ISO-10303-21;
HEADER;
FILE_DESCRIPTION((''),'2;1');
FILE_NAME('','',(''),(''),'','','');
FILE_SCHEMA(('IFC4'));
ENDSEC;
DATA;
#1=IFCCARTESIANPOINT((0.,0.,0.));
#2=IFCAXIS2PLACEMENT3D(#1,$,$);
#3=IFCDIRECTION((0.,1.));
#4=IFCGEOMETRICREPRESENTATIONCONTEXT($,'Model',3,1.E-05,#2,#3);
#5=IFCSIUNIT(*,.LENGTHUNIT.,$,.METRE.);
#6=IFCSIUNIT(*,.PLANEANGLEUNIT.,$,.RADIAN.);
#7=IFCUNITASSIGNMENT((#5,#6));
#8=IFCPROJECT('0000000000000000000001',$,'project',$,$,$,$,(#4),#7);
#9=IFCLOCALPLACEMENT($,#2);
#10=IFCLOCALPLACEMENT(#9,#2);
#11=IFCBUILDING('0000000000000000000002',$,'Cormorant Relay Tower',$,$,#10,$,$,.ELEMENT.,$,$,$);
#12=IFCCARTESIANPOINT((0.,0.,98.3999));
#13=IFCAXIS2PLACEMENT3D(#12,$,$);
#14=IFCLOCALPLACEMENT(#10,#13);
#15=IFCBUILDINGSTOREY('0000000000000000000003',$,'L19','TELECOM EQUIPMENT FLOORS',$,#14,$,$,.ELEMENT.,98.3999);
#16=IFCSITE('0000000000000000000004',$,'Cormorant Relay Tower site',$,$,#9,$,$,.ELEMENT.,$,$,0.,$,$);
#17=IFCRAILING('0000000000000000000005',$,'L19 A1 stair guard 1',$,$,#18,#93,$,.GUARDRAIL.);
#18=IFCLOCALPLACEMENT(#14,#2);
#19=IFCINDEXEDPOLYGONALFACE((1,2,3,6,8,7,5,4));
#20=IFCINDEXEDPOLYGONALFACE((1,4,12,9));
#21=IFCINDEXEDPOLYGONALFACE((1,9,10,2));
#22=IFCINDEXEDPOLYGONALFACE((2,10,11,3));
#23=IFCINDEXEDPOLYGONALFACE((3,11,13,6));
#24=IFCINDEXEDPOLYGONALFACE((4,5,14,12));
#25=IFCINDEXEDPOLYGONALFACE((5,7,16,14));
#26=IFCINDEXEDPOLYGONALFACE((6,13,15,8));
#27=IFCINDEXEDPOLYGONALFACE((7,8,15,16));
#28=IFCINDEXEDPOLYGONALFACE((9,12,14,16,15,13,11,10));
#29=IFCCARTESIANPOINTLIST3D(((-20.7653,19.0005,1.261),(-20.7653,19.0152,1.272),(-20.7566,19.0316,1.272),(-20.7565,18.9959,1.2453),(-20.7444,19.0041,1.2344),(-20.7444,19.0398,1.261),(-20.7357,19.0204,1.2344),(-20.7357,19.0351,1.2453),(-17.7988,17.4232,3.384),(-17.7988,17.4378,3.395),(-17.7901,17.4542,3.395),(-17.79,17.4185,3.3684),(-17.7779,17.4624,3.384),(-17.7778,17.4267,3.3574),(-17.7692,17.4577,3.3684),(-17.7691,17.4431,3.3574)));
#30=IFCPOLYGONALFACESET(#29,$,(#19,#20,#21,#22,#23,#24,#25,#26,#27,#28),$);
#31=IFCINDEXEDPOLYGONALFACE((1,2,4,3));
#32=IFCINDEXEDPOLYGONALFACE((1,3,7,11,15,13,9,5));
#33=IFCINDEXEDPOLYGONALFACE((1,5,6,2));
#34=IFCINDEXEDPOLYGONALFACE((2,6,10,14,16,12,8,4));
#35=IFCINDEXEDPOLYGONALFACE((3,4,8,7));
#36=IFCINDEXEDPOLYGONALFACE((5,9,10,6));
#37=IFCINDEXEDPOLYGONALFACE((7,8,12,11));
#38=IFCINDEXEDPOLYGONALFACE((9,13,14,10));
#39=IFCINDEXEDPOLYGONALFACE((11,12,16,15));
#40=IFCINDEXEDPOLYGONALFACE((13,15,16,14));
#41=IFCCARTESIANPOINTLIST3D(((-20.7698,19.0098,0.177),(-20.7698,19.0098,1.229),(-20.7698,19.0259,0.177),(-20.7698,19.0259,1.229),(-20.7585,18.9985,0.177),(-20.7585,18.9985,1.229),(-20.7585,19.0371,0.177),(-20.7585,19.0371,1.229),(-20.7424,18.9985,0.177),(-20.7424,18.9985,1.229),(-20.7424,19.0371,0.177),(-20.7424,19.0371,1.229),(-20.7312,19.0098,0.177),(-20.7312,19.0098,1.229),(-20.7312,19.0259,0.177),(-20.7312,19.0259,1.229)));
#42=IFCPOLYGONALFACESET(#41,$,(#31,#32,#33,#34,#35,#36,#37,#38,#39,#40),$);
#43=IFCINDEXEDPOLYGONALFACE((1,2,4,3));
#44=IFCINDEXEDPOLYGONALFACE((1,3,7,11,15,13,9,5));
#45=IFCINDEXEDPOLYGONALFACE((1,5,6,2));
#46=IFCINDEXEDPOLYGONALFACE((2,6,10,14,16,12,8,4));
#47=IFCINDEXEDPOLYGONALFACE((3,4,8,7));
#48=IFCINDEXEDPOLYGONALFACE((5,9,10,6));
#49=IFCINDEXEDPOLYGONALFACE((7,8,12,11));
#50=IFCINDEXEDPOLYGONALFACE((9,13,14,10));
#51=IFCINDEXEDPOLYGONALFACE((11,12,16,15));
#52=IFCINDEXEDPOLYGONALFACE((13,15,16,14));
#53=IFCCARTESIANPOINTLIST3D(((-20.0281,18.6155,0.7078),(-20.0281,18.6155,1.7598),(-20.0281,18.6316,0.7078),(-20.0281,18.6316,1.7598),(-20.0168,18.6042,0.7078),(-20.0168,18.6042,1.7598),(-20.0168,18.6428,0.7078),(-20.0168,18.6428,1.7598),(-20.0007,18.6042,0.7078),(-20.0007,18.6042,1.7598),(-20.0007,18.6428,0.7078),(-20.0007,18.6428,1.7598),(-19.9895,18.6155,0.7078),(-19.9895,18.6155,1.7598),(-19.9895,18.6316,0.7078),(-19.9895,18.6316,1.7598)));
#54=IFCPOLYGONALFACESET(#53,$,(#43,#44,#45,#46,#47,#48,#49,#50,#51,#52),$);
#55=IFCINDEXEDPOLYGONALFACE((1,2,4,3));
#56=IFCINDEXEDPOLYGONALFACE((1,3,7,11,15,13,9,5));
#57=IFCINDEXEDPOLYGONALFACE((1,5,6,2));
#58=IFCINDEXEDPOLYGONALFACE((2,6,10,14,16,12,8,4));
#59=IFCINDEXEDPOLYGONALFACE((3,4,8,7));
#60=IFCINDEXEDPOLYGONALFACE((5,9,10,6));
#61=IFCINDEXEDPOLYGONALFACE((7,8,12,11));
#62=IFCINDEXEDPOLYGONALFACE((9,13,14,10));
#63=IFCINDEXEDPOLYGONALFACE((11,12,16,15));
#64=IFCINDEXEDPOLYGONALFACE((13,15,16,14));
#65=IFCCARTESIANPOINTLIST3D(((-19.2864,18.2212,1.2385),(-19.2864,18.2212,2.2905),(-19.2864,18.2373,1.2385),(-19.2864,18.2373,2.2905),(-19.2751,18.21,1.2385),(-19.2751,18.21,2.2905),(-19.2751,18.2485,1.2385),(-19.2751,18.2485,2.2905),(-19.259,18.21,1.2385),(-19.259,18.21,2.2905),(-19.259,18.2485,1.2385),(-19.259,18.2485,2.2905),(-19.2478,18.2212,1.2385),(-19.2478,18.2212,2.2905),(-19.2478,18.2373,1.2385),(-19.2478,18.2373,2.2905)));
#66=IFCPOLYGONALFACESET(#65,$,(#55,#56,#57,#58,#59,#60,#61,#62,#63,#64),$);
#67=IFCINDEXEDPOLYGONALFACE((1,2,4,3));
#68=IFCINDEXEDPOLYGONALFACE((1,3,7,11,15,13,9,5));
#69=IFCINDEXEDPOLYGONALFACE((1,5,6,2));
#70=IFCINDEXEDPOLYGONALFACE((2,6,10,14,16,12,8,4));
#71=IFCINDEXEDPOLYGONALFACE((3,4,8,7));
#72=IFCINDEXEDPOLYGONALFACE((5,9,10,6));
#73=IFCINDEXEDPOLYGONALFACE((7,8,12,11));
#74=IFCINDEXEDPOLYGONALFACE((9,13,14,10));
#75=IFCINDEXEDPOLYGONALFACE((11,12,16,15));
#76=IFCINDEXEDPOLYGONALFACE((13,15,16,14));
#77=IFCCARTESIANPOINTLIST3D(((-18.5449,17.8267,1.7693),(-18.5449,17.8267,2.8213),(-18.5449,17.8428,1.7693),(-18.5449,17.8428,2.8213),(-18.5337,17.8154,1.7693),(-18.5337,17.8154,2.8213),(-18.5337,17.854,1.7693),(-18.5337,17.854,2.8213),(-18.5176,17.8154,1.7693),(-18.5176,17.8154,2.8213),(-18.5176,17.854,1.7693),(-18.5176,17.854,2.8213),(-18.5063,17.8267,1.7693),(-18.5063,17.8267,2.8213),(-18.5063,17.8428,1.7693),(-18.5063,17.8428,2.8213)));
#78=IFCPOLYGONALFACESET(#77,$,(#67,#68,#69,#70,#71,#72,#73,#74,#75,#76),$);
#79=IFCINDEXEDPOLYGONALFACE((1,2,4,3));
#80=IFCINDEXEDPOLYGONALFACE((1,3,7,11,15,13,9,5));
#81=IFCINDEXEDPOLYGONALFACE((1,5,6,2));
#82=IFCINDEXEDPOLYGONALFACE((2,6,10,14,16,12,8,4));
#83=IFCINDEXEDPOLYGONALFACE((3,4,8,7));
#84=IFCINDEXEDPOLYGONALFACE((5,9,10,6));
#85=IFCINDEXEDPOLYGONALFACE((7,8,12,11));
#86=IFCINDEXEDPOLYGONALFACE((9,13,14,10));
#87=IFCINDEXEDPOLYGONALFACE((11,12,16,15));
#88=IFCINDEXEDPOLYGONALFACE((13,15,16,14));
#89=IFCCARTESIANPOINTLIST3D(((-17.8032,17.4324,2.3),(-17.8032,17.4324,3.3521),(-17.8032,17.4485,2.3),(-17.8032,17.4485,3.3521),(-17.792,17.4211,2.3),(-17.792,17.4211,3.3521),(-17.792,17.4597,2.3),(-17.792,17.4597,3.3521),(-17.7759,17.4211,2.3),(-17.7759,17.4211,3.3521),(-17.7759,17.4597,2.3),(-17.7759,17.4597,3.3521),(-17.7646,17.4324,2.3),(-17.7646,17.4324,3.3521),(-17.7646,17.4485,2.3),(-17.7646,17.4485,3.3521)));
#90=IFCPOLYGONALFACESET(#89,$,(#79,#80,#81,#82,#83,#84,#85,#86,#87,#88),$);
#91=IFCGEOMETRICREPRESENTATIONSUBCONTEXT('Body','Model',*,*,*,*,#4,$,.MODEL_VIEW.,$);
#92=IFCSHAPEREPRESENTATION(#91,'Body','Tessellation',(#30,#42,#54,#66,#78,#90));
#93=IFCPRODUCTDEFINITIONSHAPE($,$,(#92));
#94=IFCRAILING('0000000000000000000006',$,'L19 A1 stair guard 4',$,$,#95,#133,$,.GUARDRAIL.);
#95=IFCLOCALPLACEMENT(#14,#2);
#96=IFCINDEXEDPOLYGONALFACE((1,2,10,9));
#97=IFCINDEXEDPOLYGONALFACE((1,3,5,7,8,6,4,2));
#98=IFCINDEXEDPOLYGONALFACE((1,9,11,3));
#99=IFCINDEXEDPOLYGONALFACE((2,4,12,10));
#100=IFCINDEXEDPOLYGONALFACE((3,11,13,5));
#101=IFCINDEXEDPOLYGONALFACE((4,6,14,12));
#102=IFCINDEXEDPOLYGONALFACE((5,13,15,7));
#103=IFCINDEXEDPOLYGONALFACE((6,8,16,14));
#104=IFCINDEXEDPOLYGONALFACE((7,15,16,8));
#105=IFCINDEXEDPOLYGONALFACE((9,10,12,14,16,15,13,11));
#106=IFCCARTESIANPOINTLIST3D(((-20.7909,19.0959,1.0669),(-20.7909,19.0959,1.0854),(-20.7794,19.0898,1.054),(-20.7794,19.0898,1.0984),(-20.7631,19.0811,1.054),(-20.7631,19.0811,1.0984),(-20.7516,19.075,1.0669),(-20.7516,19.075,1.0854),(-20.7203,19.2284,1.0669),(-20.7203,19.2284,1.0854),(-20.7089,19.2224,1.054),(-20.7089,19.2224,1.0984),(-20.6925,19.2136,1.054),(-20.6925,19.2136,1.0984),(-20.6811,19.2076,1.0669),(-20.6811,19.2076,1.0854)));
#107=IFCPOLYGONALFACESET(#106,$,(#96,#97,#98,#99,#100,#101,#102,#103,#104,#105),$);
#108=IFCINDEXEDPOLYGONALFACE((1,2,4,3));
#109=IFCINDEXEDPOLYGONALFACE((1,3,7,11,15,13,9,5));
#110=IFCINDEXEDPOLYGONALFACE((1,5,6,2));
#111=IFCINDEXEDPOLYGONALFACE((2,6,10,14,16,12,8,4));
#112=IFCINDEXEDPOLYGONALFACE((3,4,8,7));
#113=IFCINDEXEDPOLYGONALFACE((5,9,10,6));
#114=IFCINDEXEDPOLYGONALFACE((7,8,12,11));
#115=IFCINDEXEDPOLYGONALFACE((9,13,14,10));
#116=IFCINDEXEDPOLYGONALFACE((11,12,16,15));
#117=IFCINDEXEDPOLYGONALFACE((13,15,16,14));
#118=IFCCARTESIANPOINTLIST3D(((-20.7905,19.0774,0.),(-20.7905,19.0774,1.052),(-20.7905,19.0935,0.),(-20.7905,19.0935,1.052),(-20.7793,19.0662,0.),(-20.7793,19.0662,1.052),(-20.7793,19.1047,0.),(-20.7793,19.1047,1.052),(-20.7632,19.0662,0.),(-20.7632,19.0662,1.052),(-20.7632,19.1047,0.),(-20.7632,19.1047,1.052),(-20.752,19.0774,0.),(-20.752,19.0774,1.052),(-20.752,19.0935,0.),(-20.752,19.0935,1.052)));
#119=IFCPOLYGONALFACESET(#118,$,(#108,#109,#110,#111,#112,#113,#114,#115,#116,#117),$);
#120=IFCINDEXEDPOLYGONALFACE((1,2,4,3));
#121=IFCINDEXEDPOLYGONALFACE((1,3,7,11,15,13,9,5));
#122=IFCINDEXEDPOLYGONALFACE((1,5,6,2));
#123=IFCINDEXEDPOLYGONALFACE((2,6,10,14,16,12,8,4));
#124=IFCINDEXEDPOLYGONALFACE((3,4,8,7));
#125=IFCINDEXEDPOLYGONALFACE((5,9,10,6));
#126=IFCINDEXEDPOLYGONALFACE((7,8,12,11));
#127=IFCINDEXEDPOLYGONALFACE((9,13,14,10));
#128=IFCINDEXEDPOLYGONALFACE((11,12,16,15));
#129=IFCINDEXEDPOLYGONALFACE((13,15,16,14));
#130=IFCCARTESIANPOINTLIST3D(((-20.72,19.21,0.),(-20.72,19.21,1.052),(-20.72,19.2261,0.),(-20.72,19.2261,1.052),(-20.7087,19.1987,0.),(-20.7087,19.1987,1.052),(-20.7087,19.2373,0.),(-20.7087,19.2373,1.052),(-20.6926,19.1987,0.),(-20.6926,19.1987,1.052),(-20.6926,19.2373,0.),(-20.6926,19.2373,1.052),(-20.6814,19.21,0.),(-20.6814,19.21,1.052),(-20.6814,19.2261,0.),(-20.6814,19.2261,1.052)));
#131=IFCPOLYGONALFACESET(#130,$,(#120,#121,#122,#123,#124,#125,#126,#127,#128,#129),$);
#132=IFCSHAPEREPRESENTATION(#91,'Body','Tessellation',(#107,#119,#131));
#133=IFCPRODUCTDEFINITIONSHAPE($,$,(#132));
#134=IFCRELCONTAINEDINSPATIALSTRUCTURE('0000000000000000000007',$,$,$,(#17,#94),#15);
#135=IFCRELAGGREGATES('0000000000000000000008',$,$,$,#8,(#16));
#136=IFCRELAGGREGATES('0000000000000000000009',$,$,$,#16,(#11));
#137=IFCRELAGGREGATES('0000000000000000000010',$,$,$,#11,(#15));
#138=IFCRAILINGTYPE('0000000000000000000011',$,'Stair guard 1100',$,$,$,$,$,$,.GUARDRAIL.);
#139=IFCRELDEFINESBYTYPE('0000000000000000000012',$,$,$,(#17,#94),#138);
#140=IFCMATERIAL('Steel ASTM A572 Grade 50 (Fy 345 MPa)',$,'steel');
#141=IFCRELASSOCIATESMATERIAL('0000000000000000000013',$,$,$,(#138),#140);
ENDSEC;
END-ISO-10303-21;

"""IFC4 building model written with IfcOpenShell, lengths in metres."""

from ifc_helpers import new_model, si_unit, direction, frame, origin, place, context, subcontext, project, spatial, polyline, outline, extrude, material, type_object, element, save


model = new_model("IFC4")

# Units and contexts
model_context = context("Model", 3, precision=1e-05, world=origin(), true_north=direction((0.0, 1.0)))
body_context = subcontext(model_context, "Body", "Model", "MODEL_VIEW")
ifc_project = project(units=[si_unit("LENGTHUNIT", "METRE"), si_unit("PLANEANGLEUNIT", "RADIAN")], contexts=[model_context])

# Site, building, storey
site_placement = place(None, origin())
site = spatial("IfcSite", under=ifc_project, at=site_placement, Name="Cormorant Relay Tower site", CompositionType="ELEMENT", RefElevation=0.0)
building_placement = place(site_placement, origin())
building = spatial("IfcBuilding", under=site, at=building_placement, Name="Cormorant Relay Tower", CompositionType="ELEMENT")
storey_placement = place(building_placement, frame((0.0, 0.0, 98.3999)))
storey = spatial("IfcBuildingStorey", under=building, at=storey_placement, Name="L19", Description="TELECOM EQUIPMENT FLOORS", CompositionType="ELEMENT", Elevation=98.3999)

# Railings
ifc_material_1 = material(Name="Steel ASTM A572 Grade 50 (Fy 345 MPa)", Category="steel")
railing_type_1 = type_object("IfcRailingType", Name="Stair guard 1100", PredefinedType="GUARDRAIL", material=ifc_material_1)
railing_1_placement = place(storey_placement, frame((-20.7505, 19.0178, 0.177)))
element("IfcRailing", 1, at=railing_1_placement, inside=storey, type_object=railing_type_1, Name="L19 A1 stair guard 1", PredefinedType="GUARDRAIL", context=body_context, shape_type="SweptSolid", body=[
    extrude(outline(polyline([(0.0222, 0.0093), (0.0093, 0.0222), (-0.0093, 0.0222), (-0.0222, 0.0093), (-0.0222, -0.0093), (-0.0093, -0.0222), (0.0093, -0.0222), (0.0222, -0.0093), (0.0222, 0.0093)])), frame((0.0, 0.0, 1.0762), z_axis=(0.746413, -0.396887, 0.534179), x_axis=(0.469483, 0.882942, 0.0)), (0.0, 0.0, 1.0), 3.9744),
    extrude(outline(polyline([(0.0193, 0.0081), (0.0081, 0.0193), (-0.0081, 0.0193), (-0.0193, 0.0081), (-0.0193, -0.0081), (-0.0081, -0.0193), (0.0081, -0.0193), (0.0193, -0.0081), (0.0193, 0.0081)])), origin(), (0.0, 0.0, 1.0), 1.052),
    extrude(outline(polyline([(0.0193, 0.0081), (0.0081, 0.0193), (-0.0081, 0.0193), (-0.0193, 0.0081), (-0.0193, -0.0081), (-0.0081, -0.0193), (0.0081, -0.0193), (0.0193, -0.0081), (0.0193, 0.0081)])), frame((0.7417, -0.3943, 0.5308)), (0.0, 0.0, 1.0), 1.052),
    extrude(outline(polyline([(0.0193, 0.0081), (0.0081, 0.0193), (-0.0081, 0.0193), (-0.0193, 0.0081), (-0.0193, -0.0081), (-0.0081, -0.0193), (0.0081, -0.0193), (0.0193, -0.0081), (0.0193, 0.0081)])), frame((1.4834, -0.7886, 1.0615)), (0.0, 0.0, 1.0), 1.052),
    extrude(outline(polyline([(0.0193, 0.0081), (0.0081, 0.0193), (-0.0081, 0.0193), (-0.0193, 0.0081), (-0.0193, -0.0081), (-0.0081, -0.0193), (0.0081, -0.0193), (0.0193, -0.0081), (0.0193, 0.0081)])), frame((2.2249, -1.1831, 1.5923)), (0.0, 0.0, 1.0), 1.052),
    extrude(outline(polyline([(0.0193, 0.0081), (0.0081, 0.0193), (-0.0081, 0.0193), (-0.0193, 0.0081), (-0.0193, -0.0081), (-0.0081, -0.0193), (0.0081, -0.0193), (0.0193, -0.0081), (0.0193, 0.0081)])), frame((2.9666, -1.5774, 2.123)), (0.0, 0.0, 1.0), 1.052),
])
railing_2_placement = place(storey_placement, frame((-20.7712, 19.0854, 0.0)))
element("IfcRailing", 2, at=railing_2_placement, inside=storey, type_object=railing_type_1, Name="L19 A1 stair guard 4", PredefinedType="GUARDRAIL", context=body_context, shape_type="SweptSolid", body=[
    extrude(outline(polyline([(0.0222, 0.0093), (0.0093, 0.0222), (-0.0093, 0.0222), (-0.0222, 0.0093), (-0.0222, -0.0093), (-0.0093, -0.0222), (0.0093, -0.0222), (0.0222, -0.0093), (0.0222, 0.0093)])), frame((0.0, 0.0, 1.0762), z_axis=(0.469829, 0.882758, 0.0), x_axis=(-0.882758, 0.469829, 0.0)), (0.0, 0.0, 1.0), 0.1501),
    extrude(outline(polyline([(0.0193, 0.0081), (0.0081, 0.0193), (-0.0081, 0.0193), (-0.0193, 0.0081), (-0.0193, -0.0081), (-0.0081, -0.0193), (0.0081, -0.0193), (0.0193, -0.0081), (0.0193, 0.0081)])), origin(), (0.0, 0.0, 1.0), 1.052),
    extrude(outline(polyline([(0.0193, 0.0081), (0.0081, 0.0193), (-0.0081, 0.0193), (-0.0193, 0.0081), (-0.0193, -0.0081), (-0.0081, -0.0193), (0.0081, -0.0193), (0.0193, -0.0081), (0.0193, 0.0081)])), frame((0.0706, 0.1326, 0.0)), (0.0, 0.0, 1.0), 1.052),
])

save(model, "model.ifc")
